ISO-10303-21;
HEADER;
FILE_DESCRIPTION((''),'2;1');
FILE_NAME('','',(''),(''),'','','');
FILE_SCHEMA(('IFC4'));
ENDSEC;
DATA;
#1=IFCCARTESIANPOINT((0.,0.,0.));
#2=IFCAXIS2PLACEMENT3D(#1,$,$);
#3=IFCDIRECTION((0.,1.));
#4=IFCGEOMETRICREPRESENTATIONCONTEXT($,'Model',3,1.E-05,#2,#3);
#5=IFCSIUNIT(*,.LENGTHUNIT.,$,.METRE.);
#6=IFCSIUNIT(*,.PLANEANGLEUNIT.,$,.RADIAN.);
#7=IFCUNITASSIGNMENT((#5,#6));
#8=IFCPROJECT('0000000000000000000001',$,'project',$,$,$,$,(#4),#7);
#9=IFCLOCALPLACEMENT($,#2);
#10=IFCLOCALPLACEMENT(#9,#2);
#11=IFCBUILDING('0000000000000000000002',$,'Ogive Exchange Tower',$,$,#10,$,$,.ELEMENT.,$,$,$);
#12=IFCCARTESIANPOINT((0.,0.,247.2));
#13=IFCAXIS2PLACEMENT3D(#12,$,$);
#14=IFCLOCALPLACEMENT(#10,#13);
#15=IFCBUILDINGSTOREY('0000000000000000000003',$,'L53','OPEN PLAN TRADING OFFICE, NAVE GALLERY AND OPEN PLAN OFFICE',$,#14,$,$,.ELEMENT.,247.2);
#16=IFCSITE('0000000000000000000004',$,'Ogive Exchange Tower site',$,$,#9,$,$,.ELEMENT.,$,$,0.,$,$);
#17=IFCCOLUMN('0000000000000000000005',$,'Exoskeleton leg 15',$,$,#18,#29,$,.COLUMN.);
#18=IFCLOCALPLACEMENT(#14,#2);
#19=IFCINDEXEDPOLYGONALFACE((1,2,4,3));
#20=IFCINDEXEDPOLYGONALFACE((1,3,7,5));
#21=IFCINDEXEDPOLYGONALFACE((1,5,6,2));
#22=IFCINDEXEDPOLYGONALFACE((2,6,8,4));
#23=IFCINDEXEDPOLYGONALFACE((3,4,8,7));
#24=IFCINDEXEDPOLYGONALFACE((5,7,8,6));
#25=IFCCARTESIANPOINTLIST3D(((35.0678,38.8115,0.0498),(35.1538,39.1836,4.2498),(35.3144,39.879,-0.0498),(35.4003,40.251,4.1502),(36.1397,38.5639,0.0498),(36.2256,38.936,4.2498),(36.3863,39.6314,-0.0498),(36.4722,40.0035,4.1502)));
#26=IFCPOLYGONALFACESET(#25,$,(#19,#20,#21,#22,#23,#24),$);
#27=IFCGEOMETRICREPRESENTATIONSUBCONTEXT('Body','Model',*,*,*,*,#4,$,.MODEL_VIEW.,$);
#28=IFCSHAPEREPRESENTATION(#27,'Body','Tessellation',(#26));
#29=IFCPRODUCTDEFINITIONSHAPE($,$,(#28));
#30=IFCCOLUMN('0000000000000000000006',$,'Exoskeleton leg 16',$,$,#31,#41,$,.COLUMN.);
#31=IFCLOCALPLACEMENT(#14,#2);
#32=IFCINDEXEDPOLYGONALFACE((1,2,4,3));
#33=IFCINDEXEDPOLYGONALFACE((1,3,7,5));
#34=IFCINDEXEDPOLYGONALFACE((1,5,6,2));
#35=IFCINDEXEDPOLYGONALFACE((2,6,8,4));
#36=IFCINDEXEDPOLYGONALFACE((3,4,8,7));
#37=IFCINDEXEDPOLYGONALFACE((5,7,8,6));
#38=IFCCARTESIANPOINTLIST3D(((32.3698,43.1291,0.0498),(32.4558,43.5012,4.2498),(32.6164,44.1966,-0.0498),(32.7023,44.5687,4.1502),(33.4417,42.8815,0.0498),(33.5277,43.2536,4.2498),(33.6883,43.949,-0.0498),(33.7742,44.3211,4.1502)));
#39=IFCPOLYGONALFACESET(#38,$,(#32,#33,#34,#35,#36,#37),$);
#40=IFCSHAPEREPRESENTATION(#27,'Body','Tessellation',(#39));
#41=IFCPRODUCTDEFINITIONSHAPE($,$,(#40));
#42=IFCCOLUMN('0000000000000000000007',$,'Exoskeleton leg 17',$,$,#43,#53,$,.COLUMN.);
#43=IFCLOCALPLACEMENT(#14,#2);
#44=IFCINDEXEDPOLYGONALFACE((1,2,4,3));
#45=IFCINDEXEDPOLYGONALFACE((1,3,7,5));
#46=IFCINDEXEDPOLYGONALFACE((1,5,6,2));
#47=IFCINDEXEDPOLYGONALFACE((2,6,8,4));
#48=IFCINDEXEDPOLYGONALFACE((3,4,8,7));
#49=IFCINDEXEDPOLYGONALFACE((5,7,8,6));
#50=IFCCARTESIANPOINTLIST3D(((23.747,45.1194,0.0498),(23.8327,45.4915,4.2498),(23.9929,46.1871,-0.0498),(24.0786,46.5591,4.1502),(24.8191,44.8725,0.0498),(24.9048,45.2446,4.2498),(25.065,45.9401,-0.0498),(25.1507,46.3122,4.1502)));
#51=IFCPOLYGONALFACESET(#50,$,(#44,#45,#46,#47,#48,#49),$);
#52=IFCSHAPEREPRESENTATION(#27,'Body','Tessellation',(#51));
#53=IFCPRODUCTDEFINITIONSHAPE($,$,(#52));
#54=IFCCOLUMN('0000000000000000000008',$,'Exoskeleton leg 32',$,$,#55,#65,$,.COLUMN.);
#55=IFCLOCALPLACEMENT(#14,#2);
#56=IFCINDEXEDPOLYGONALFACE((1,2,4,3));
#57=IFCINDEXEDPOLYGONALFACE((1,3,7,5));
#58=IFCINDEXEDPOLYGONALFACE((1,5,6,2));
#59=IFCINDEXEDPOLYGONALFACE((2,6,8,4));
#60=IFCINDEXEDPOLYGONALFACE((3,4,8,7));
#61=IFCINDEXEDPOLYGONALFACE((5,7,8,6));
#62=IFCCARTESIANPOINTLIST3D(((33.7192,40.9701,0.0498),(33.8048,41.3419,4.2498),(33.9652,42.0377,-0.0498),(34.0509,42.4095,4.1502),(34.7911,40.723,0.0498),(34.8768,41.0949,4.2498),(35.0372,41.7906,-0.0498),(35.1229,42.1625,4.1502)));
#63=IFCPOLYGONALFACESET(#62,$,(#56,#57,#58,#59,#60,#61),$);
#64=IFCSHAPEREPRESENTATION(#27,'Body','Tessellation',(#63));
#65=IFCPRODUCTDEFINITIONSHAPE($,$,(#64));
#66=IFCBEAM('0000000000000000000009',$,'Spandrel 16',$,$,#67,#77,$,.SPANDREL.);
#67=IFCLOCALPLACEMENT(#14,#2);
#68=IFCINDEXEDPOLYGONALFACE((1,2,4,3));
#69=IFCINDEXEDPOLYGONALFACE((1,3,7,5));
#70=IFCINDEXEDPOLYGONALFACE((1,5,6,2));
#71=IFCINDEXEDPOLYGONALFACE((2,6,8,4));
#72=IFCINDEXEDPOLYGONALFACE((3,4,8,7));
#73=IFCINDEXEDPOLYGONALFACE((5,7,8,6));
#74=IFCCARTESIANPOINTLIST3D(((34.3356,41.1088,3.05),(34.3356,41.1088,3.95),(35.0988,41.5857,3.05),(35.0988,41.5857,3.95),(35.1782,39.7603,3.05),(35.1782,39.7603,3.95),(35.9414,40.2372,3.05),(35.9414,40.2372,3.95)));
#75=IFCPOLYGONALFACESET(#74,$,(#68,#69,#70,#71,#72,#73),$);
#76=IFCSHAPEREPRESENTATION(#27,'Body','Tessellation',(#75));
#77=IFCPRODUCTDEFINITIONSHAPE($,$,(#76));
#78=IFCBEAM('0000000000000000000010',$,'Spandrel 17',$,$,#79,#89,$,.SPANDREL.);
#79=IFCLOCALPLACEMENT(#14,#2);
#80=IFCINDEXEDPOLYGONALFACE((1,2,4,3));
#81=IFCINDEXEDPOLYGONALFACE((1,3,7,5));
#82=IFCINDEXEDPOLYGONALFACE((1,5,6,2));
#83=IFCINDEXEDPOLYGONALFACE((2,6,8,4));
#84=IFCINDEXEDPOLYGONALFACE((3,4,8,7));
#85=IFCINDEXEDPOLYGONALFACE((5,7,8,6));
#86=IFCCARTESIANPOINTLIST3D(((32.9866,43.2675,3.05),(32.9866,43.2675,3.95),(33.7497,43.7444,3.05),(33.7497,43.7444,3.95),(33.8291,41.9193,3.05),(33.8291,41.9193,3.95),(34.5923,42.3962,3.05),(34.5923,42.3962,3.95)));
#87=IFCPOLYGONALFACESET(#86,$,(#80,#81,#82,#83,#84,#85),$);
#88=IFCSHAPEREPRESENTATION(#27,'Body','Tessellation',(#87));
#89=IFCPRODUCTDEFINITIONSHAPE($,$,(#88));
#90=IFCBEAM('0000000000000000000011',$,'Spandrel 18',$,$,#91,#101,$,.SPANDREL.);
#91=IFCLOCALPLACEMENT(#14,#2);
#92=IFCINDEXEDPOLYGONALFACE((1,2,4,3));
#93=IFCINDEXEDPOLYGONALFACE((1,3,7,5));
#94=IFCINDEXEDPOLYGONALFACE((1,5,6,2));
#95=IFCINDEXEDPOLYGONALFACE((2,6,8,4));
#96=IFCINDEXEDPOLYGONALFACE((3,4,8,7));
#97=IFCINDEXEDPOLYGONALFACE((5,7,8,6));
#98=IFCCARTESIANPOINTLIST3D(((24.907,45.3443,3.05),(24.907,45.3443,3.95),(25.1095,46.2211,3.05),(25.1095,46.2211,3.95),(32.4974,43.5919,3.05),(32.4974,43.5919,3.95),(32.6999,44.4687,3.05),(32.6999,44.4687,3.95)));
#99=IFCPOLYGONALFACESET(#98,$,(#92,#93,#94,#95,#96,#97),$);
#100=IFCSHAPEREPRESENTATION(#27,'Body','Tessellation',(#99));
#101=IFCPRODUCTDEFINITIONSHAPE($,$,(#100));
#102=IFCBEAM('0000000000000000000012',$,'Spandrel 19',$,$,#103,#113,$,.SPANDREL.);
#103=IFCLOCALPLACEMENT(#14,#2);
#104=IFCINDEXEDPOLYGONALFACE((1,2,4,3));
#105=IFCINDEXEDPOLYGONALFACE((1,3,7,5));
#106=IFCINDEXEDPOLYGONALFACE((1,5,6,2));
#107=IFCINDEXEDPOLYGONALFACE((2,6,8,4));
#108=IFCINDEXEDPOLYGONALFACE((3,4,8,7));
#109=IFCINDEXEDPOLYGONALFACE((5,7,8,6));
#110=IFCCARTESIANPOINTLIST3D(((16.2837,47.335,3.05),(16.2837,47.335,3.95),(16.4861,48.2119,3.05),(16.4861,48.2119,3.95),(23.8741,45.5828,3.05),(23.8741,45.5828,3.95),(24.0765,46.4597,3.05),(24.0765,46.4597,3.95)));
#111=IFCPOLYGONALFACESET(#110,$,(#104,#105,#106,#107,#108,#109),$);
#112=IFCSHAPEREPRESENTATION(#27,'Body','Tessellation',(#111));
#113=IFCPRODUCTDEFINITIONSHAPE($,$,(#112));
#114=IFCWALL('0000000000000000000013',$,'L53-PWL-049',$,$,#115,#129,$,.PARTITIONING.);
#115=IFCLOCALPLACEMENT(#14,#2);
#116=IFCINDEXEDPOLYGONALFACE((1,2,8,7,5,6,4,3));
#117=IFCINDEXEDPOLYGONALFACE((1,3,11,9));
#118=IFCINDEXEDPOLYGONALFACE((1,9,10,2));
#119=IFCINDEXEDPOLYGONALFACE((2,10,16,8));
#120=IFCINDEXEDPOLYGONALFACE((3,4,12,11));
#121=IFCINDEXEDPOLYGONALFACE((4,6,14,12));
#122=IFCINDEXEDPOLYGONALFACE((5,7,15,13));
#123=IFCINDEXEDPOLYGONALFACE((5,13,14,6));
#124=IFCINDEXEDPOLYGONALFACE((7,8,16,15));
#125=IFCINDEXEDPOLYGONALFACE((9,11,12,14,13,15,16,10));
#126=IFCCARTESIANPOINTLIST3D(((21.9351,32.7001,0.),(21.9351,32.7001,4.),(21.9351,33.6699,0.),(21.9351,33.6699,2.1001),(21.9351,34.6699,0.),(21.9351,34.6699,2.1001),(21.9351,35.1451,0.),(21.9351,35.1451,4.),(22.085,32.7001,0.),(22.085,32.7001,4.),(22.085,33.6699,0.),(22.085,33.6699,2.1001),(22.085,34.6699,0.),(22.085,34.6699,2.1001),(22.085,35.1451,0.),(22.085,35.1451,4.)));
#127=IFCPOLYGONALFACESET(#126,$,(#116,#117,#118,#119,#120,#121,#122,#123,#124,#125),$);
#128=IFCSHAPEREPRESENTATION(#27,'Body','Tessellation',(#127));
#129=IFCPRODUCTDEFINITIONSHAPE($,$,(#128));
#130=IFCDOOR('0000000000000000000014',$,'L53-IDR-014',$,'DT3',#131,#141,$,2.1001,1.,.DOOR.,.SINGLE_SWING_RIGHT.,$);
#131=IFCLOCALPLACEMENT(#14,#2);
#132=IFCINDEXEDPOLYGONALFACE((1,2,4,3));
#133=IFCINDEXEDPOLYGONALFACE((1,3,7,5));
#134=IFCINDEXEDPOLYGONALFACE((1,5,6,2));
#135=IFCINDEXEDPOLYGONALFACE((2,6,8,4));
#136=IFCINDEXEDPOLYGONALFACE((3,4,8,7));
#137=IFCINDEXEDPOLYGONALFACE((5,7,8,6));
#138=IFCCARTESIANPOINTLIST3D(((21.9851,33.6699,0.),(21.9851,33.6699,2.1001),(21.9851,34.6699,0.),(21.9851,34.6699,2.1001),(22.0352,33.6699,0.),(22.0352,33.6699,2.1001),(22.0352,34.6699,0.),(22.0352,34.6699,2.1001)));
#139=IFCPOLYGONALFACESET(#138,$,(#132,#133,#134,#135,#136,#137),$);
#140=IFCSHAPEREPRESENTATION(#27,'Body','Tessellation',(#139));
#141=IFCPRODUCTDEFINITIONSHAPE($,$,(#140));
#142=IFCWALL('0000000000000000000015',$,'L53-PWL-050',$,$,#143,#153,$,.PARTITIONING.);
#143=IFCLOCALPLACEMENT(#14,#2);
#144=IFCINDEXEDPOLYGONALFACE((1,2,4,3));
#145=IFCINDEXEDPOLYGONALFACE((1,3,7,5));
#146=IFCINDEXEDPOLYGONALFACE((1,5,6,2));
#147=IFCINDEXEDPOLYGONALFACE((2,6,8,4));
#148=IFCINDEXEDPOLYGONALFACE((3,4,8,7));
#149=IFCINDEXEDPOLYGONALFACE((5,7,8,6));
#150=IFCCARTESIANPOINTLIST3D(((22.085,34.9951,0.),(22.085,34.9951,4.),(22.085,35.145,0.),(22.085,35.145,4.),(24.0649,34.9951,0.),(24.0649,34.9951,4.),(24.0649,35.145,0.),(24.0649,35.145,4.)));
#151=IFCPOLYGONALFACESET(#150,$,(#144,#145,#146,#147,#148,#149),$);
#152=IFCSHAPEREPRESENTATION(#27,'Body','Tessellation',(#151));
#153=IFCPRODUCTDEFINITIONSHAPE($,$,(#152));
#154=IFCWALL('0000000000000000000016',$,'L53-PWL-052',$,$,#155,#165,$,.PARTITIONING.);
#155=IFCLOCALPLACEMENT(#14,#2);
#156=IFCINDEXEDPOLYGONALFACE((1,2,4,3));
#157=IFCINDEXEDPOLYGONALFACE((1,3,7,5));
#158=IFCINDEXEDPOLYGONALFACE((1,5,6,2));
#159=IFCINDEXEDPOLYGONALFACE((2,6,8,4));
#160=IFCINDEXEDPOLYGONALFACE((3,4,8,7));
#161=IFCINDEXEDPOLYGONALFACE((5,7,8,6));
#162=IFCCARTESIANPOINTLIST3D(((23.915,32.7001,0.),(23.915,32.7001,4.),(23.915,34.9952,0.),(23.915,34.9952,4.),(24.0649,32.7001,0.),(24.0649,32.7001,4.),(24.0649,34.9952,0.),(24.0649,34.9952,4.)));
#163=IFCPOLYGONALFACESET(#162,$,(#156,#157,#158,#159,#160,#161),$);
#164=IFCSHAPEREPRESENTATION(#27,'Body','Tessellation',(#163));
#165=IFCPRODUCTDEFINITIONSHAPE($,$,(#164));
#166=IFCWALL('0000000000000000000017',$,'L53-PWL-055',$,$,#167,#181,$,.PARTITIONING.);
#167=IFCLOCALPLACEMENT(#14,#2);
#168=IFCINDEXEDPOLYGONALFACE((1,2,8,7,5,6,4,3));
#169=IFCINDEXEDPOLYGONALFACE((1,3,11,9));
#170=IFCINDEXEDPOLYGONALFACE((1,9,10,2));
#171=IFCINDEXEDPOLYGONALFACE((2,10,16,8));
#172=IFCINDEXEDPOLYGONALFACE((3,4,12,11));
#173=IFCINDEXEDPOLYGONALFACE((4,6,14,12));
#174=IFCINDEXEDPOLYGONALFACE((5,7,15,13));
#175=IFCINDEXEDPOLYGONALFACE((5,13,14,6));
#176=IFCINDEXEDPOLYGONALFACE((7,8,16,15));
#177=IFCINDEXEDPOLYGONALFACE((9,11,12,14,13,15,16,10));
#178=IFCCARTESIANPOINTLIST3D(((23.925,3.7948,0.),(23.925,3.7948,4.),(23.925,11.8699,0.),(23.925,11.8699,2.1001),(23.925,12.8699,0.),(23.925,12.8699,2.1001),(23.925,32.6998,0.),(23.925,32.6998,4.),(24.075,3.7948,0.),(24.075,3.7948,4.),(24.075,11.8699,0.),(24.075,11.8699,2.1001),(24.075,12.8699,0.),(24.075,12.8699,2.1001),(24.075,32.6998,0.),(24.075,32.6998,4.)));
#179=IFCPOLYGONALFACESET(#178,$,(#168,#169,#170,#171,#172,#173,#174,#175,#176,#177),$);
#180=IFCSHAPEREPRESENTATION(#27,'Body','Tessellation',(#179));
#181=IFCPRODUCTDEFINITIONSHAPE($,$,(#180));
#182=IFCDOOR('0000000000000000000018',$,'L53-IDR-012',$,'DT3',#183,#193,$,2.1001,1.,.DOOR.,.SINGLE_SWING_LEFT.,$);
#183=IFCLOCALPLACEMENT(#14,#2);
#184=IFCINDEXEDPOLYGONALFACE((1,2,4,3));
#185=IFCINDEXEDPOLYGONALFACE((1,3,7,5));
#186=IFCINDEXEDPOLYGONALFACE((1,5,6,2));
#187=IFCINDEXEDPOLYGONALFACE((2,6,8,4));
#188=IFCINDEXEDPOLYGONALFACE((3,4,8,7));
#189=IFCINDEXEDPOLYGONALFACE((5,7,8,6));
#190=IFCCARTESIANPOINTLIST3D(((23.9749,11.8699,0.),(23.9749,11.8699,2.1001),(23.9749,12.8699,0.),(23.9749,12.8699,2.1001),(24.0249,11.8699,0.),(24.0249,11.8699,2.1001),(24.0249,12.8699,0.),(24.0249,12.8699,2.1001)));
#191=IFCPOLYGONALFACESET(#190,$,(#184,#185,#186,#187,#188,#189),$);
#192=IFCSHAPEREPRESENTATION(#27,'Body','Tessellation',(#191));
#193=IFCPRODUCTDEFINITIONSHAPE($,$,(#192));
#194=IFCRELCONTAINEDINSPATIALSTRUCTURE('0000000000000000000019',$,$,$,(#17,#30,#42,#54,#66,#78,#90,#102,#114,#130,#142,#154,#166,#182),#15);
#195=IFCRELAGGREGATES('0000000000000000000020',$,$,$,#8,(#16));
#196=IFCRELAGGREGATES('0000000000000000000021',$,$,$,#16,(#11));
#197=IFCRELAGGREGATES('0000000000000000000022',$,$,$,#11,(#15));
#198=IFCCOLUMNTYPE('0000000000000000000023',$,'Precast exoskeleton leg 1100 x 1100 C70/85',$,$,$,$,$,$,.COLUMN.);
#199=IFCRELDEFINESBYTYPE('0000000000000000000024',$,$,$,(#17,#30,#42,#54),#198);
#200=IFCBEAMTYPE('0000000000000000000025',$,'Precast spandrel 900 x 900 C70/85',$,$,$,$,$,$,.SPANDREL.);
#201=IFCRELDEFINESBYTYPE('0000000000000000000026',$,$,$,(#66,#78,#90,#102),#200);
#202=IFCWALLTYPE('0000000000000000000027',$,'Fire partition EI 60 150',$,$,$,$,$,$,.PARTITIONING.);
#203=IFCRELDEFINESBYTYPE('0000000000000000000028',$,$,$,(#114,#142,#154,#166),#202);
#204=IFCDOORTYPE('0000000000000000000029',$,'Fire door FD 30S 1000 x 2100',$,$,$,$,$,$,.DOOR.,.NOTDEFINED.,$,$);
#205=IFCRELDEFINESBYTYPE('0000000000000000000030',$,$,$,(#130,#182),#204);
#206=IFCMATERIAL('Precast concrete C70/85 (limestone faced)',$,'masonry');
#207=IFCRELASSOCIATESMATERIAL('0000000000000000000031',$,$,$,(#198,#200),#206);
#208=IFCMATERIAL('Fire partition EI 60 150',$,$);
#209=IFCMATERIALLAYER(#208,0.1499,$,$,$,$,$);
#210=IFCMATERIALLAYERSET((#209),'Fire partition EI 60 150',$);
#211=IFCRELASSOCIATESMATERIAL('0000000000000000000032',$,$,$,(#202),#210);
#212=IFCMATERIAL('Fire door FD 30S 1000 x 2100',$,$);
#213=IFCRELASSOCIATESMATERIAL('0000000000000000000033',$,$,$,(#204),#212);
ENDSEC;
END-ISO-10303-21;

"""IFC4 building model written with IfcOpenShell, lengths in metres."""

from ifc_helpers import new_model, si_unit, direction, frame, frame_2d, origin, origin_2d, place, context, subcontext, project, spatial, rectangle, extrude, material, layer, layer_set, material_profile, profile_set, type_object, element, fill, save


model = new_model("IFC4")

# Units and contexts
model_context = context("Model", 3, precision=1e-05, world=origin(), true_north=direction((0.0, 1.0)))
body_context = subcontext(model_context, "Body", "Model", "MODEL_VIEW")
ifc_project = project(units=[si_unit("LENGTHUNIT", "METRE"), si_unit("PLANEANGLEUNIT", "RADIAN")], contexts=[model_context])

# Site, building, storey
site_placement = place(None, origin())
site = spatial("IfcSite", under=ifc_project, at=site_placement, Name="Ogive Exchange Tower site", CompositionType="ELEMENT", RefElevation=0.0)
building_placement = place(site_placement, origin())
building = spatial("IfcBuilding", under=site, at=building_placement, Name="Ogive Exchange Tower", CompositionType="ELEMENT")
storey_placement = place(building_placement, frame((0.0, 0.0, 247.2)))
storey = spatial("IfcBuildingStorey", under=building, at=storey_placement, Name="L53", Description="OPEN PLAN TRADING OFFICE, NAVE GALLERY AND OPEN PLAN OFFICE", CompositionType="ELEMENT", Elevation=247.2)

# Columns
ifc_material_1 = material(Name="Precast concrete C70/85 (limestone faced)", Category="masonry")
ifc_material_profile_1 = material_profile(ifc_material_1, rectangle(XDim=1.1001, YDim=1.1001, at=origin_2d()), Name="1100 x 1100")
ifc_profile_set_1 = profile_set([ifc_material_profile_1], Name="Precast concrete C70/85 (limestone faced)")
column_type = type_object("IfcColumnType", Name="Precast exoskeleton leg 1100 x 1100 C70/85", PredefinedType="COLUMN", material=ifc_profile_set_1)
for number, where, z_axis, x_axis, name in (
    (1, (35.7271, 39.2214, 0.0), (0.020377, 0.088225, 0.995892), (-0.974348, 0.225046, 0.0), "Exoskeleton leg 15"),
    (2, (33.0291, 43.5391, 0.0), (0.020377, 0.088225, 0.995892), (-0.974348, 0.225046, 0.0), "Exoskeleton leg 16"),
    (3, (24.406, 45.5298, 0.0), (0.02032, 0.088225, 0.995893), (-0.974488, 0.224439, 0.0), "Exoskeleton leg 17"),
    (4, (34.3782, 41.3804, 0.0), (0.02032, 0.088168, 0.995898), (-0.974456, 0.224579, 0.0), "Exoskeleton leg 32"),
):
    element("IfcColumn", number, at=place(storey_placement, frame(where, z_axis=z_axis, x_axis=x_axis)), inside=storey, type_object=column_type, Name=name, PredefinedType="COLUMN", context=body_context, shape_type="SweptSolid", body=[
        extrude(rectangle(XDim=1.1001, YDim=1.1001, at=origin_2d()), origin(), (0.0, 0.0, 1.0), 4.2173),
    ])

# Beams
ifc_material_profile_2 = material_profile(ifc_material_1, rectangle(XDim=0.8999, YDim=0.8999, at=origin_2d()), Name="900 x 900")
ifc_profile_set_2 = profile_set([ifc_material_profile_2], Name="Precast concrete C70/85 (limestone faced)")
beam_type = type_object("IfcBeamType", Name="Precast spandrel 900 x 900 C70/85", PredefinedType="SPANDREL", material=ifc_profile_set_2)
beam_1_placement = place(storey_placement, frame((35.5598, 39.9988, 3.5), z_axis=(-0.529902, 0.848059, 0.0), x_axis=(-0.848059, -0.529902, 0.0)))
element("IfcBeam", 5, at=beam_1_placement, inside=storey, type_object=beam_type, Name="Spandrel 16", PredefinedType="SPANDREL", context=body_context, shape_type="SweptSolid", body=[
    extrude(rectangle(XDim=0.8999, YDim=0.8999, at=origin_2d()), origin(), (0.0, 0.0, 1.0), 1.5901),
])
beam_2_placement = place(storey_placement, frame((34.2107, 42.1577, 3.5), z_axis=(-0.529971, 0.848016, 0.0), x_axis=(-0.848016, -0.529971, 0.0)))
element("IfcBeam", 6, at=beam_2_placement, inside=storey, type_object=beam_type, Name="Spandrel 17", PredefinedType="SPANDREL", context=body_context, shape_type="SweptSolid", body=[
    extrude(rectangle(XDim=0.8999, YDim=0.8999, at=origin_2d()), origin(), (0.0, 0.0, 1.0), 1.5898),
])
for number, where, z_axis, x_axis, name in (
    (7, (32.5986, 44.0303, 3.5), (-0.974368, 0.22496, 0.0), (-0.22496, -0.974368, 0.0), "Spandrel 18"),
    (8, (23.9753, 46.0212, 3.5), (-0.974375, 0.22493, 0.0), (-0.22493, -0.974375, 0.0), "Spandrel 19"),
):
    element("IfcBeam", number, at=place(storey_placement, frame(where, z_axis=z_axis, x_axis=x_axis)), inside=storey, type_object=beam_type, Name=name, PredefinedType="SPANDREL", context=body_context, shape_type="SweptSolid", body=[
        extrude(rectangle(XDim=0.8999, YDim=0.8999, at=origin_2d()), origin(), (0.0, 0.0, 1.0), 7.79),
    ])

# Wall, opening, door
ifc_material_2 = material(Name="Fire partition EI 60 150")
ifc_layer_1 = layer(ifc_material_2, 0.1499)
ifc_layer_set_1 = layer_set([ifc_layer_1], Name="Fire partition EI 60 150")
wall_type_1 = type_object("IfcWallType", Name="Fire partition EI 60 150", PredefinedType="PARTITIONING", material=ifc_layer_set_1)
wall_1_placement = place(storey_placement, frame((22.01, 32.7, 0.0), z_axis=(0.0, 0.0, 1.0), x_axis=(0.0, 1.0, 0.0)))
wall_1 = element("IfcWall", 9, at=wall_1_placement, inside=storey, type_object=wall_type_1, Name="L53-PWL-049", PredefinedType="PARTITIONING", context=body_context, shape_type="SweptSolid", body=[
    extrude(rectangle(XDim=2.4451, YDim=0.1499, at=frame_2d((1.2227, 0.0))), origin(), (0.0, 0.0, 1.0), 4.0),
])
opening_1_placement = place(wall_1_placement, frame((0.97, 0.0, 0.0)))
opening_1 = element("IfcOpeningElement", 10, at=opening_1_placement, cuts=wall_1, PredefinedType="OPENING", context=body_context, shape_type="SweptSolid", body=[
    extrude(rectangle(XDim=1.0, YDim=2.1001, at=frame_2d((0.5, 1.05))), frame((0.0, 0.085, 0.0), z_axis=(0.0, -1.0, 0.0), x_axis=(1.0, 0.0, 0.0)), (0.0, 0.0, 1.0), 0.1699),
])
ifc_material_3 = material(Name="Fire door FD 30S 1000 x 2100")
door_type_1 = type_object("IfcDoorType", Name="Fire door FD 30S 1000 x 2100", OperationType="NOTDEFINED", PredefinedType="DOOR", material=ifc_material_3)
door_1_placement = place(opening_1_placement, origin())
door_1 = element("IfcDoor", 11, at=door_1_placement, inside=storey, type_object=door_type_1, Name="L53-IDR-014", ObjectType="DT3", OperationType="SINGLE_SWING_RIGHT", OverallHeight=2.1001, OverallWidth=1.0, PredefinedType="DOOR", context=body_context, shape_type="SweptSolid", body=[
    extrude(rectangle(XDim=1.0, YDim=2.1001, at=frame_2d((0.5, 1.05))), frame((0.0, 0.0249, 0.0), z_axis=(0.0, -1.0, 0.0), x_axis=(1.0, 0.0, 0.0)), (0.0, 0.0, 1.0), 0.05),
])
fill(opening_1, door_1)

# Walls
wall_2_placement = place(storey_placement, frame((22.085, 35.0701, 0.0), z_axis=(0.0, 0.0, 1.0), x_axis=(1.0, 0.0, 0.0)))
element("IfcWall", 12, at=wall_2_placement, inside=storey, type_object=wall_type_1, Name="L53-PWL-050", PredefinedType="PARTITIONING", context=body_context, shape_type="SweptSolid", body=[
    extrude(rectangle(XDim=1.98, YDim=0.1499, at=frame_2d((0.99, 0.0))), origin(), (0.0, 0.0, 1.0), 4.0),
])
wall_3_placement = place(storey_placement, frame((23.99, 34.9951, 0.0), z_axis=(0.0, 0.0, 1.0), x_axis=(0.0, -1.0, 0.0)))
element("IfcWall", 13, at=wall_3_placement, inside=storey, type_object=wall_type_1, Name="L53-PWL-052", PredefinedType="PARTITIONING", context=body_context, shape_type="SweptSolid", body=[
    extrude(rectangle(XDim=2.2952, YDim=0.1499, at=frame_2d((1.1475, 0.0))), origin(), (0.0, 0.0, 1.0), 4.0),
])

# Wall, opening, door
wall_4_placement = place(storey_placement, frame((24.0, 32.7, 0.0), z_axis=(0.0, 0.0, 1.0), x_axis=(0.0, -1.0, 0.0)))
wall_4 = element("IfcWall", 14, at=wall_4_placement, inside=storey, type_object=wall_type_1, Name="L53-PWL-055", PredefinedType="PARTITIONING", context=body_context, shape_type="SweptSolid", body=[
    extrude(rectangle(XDim=28.905, YDim=0.1499, at=frame_2d((14.4526, 0.0))), origin(), (0.0, 0.0, 1.0), 4.0),
])
opening_2_placement = place(wall_4_placement, frame((19.8301, 0.0, 0.0)))
opening_2 = element("IfcOpeningElement", 15, at=opening_2_placement, cuts=wall_4, PredefinedType="OPENING", context=body_context, shape_type="SweptSolid", body=[
    extrude(rectangle(XDim=1.0, YDim=2.1001, at=frame_2d((0.5, 1.05))), frame((0.0, 0.085, 0.0), z_axis=(0.0, -1.0, 0.0), x_axis=(1.0, 0.0, 0.0)), (0.0, 0.0, 1.0), 0.1699),
])
door_2_placement = place(opening_2_placement, origin())
door_2 = element("IfcDoor", 16, at=door_2_placement, inside=storey, type_object=door_type_1, Name="L53-IDR-012", ObjectType="DT3", OperationType="SINGLE_SWING_LEFT", OverallHeight=2.1001, OverallWidth=1.0, PredefinedType="DOOR", context=body_context, shape_type="SweptSolid", body=[
    extrude(rectangle(XDim=1.0, YDim=2.1001, at=frame_2d((0.5, 1.05))), frame((0.0, 0.0249, 0.0), z_axis=(0.0, -1.0, 0.0), x_axis=(1.0, 0.0, 0.0)), (0.0, 0.0, 1.0), 0.05),
])
fill(opening_2, door_2)

save(model, "model.ifc")
